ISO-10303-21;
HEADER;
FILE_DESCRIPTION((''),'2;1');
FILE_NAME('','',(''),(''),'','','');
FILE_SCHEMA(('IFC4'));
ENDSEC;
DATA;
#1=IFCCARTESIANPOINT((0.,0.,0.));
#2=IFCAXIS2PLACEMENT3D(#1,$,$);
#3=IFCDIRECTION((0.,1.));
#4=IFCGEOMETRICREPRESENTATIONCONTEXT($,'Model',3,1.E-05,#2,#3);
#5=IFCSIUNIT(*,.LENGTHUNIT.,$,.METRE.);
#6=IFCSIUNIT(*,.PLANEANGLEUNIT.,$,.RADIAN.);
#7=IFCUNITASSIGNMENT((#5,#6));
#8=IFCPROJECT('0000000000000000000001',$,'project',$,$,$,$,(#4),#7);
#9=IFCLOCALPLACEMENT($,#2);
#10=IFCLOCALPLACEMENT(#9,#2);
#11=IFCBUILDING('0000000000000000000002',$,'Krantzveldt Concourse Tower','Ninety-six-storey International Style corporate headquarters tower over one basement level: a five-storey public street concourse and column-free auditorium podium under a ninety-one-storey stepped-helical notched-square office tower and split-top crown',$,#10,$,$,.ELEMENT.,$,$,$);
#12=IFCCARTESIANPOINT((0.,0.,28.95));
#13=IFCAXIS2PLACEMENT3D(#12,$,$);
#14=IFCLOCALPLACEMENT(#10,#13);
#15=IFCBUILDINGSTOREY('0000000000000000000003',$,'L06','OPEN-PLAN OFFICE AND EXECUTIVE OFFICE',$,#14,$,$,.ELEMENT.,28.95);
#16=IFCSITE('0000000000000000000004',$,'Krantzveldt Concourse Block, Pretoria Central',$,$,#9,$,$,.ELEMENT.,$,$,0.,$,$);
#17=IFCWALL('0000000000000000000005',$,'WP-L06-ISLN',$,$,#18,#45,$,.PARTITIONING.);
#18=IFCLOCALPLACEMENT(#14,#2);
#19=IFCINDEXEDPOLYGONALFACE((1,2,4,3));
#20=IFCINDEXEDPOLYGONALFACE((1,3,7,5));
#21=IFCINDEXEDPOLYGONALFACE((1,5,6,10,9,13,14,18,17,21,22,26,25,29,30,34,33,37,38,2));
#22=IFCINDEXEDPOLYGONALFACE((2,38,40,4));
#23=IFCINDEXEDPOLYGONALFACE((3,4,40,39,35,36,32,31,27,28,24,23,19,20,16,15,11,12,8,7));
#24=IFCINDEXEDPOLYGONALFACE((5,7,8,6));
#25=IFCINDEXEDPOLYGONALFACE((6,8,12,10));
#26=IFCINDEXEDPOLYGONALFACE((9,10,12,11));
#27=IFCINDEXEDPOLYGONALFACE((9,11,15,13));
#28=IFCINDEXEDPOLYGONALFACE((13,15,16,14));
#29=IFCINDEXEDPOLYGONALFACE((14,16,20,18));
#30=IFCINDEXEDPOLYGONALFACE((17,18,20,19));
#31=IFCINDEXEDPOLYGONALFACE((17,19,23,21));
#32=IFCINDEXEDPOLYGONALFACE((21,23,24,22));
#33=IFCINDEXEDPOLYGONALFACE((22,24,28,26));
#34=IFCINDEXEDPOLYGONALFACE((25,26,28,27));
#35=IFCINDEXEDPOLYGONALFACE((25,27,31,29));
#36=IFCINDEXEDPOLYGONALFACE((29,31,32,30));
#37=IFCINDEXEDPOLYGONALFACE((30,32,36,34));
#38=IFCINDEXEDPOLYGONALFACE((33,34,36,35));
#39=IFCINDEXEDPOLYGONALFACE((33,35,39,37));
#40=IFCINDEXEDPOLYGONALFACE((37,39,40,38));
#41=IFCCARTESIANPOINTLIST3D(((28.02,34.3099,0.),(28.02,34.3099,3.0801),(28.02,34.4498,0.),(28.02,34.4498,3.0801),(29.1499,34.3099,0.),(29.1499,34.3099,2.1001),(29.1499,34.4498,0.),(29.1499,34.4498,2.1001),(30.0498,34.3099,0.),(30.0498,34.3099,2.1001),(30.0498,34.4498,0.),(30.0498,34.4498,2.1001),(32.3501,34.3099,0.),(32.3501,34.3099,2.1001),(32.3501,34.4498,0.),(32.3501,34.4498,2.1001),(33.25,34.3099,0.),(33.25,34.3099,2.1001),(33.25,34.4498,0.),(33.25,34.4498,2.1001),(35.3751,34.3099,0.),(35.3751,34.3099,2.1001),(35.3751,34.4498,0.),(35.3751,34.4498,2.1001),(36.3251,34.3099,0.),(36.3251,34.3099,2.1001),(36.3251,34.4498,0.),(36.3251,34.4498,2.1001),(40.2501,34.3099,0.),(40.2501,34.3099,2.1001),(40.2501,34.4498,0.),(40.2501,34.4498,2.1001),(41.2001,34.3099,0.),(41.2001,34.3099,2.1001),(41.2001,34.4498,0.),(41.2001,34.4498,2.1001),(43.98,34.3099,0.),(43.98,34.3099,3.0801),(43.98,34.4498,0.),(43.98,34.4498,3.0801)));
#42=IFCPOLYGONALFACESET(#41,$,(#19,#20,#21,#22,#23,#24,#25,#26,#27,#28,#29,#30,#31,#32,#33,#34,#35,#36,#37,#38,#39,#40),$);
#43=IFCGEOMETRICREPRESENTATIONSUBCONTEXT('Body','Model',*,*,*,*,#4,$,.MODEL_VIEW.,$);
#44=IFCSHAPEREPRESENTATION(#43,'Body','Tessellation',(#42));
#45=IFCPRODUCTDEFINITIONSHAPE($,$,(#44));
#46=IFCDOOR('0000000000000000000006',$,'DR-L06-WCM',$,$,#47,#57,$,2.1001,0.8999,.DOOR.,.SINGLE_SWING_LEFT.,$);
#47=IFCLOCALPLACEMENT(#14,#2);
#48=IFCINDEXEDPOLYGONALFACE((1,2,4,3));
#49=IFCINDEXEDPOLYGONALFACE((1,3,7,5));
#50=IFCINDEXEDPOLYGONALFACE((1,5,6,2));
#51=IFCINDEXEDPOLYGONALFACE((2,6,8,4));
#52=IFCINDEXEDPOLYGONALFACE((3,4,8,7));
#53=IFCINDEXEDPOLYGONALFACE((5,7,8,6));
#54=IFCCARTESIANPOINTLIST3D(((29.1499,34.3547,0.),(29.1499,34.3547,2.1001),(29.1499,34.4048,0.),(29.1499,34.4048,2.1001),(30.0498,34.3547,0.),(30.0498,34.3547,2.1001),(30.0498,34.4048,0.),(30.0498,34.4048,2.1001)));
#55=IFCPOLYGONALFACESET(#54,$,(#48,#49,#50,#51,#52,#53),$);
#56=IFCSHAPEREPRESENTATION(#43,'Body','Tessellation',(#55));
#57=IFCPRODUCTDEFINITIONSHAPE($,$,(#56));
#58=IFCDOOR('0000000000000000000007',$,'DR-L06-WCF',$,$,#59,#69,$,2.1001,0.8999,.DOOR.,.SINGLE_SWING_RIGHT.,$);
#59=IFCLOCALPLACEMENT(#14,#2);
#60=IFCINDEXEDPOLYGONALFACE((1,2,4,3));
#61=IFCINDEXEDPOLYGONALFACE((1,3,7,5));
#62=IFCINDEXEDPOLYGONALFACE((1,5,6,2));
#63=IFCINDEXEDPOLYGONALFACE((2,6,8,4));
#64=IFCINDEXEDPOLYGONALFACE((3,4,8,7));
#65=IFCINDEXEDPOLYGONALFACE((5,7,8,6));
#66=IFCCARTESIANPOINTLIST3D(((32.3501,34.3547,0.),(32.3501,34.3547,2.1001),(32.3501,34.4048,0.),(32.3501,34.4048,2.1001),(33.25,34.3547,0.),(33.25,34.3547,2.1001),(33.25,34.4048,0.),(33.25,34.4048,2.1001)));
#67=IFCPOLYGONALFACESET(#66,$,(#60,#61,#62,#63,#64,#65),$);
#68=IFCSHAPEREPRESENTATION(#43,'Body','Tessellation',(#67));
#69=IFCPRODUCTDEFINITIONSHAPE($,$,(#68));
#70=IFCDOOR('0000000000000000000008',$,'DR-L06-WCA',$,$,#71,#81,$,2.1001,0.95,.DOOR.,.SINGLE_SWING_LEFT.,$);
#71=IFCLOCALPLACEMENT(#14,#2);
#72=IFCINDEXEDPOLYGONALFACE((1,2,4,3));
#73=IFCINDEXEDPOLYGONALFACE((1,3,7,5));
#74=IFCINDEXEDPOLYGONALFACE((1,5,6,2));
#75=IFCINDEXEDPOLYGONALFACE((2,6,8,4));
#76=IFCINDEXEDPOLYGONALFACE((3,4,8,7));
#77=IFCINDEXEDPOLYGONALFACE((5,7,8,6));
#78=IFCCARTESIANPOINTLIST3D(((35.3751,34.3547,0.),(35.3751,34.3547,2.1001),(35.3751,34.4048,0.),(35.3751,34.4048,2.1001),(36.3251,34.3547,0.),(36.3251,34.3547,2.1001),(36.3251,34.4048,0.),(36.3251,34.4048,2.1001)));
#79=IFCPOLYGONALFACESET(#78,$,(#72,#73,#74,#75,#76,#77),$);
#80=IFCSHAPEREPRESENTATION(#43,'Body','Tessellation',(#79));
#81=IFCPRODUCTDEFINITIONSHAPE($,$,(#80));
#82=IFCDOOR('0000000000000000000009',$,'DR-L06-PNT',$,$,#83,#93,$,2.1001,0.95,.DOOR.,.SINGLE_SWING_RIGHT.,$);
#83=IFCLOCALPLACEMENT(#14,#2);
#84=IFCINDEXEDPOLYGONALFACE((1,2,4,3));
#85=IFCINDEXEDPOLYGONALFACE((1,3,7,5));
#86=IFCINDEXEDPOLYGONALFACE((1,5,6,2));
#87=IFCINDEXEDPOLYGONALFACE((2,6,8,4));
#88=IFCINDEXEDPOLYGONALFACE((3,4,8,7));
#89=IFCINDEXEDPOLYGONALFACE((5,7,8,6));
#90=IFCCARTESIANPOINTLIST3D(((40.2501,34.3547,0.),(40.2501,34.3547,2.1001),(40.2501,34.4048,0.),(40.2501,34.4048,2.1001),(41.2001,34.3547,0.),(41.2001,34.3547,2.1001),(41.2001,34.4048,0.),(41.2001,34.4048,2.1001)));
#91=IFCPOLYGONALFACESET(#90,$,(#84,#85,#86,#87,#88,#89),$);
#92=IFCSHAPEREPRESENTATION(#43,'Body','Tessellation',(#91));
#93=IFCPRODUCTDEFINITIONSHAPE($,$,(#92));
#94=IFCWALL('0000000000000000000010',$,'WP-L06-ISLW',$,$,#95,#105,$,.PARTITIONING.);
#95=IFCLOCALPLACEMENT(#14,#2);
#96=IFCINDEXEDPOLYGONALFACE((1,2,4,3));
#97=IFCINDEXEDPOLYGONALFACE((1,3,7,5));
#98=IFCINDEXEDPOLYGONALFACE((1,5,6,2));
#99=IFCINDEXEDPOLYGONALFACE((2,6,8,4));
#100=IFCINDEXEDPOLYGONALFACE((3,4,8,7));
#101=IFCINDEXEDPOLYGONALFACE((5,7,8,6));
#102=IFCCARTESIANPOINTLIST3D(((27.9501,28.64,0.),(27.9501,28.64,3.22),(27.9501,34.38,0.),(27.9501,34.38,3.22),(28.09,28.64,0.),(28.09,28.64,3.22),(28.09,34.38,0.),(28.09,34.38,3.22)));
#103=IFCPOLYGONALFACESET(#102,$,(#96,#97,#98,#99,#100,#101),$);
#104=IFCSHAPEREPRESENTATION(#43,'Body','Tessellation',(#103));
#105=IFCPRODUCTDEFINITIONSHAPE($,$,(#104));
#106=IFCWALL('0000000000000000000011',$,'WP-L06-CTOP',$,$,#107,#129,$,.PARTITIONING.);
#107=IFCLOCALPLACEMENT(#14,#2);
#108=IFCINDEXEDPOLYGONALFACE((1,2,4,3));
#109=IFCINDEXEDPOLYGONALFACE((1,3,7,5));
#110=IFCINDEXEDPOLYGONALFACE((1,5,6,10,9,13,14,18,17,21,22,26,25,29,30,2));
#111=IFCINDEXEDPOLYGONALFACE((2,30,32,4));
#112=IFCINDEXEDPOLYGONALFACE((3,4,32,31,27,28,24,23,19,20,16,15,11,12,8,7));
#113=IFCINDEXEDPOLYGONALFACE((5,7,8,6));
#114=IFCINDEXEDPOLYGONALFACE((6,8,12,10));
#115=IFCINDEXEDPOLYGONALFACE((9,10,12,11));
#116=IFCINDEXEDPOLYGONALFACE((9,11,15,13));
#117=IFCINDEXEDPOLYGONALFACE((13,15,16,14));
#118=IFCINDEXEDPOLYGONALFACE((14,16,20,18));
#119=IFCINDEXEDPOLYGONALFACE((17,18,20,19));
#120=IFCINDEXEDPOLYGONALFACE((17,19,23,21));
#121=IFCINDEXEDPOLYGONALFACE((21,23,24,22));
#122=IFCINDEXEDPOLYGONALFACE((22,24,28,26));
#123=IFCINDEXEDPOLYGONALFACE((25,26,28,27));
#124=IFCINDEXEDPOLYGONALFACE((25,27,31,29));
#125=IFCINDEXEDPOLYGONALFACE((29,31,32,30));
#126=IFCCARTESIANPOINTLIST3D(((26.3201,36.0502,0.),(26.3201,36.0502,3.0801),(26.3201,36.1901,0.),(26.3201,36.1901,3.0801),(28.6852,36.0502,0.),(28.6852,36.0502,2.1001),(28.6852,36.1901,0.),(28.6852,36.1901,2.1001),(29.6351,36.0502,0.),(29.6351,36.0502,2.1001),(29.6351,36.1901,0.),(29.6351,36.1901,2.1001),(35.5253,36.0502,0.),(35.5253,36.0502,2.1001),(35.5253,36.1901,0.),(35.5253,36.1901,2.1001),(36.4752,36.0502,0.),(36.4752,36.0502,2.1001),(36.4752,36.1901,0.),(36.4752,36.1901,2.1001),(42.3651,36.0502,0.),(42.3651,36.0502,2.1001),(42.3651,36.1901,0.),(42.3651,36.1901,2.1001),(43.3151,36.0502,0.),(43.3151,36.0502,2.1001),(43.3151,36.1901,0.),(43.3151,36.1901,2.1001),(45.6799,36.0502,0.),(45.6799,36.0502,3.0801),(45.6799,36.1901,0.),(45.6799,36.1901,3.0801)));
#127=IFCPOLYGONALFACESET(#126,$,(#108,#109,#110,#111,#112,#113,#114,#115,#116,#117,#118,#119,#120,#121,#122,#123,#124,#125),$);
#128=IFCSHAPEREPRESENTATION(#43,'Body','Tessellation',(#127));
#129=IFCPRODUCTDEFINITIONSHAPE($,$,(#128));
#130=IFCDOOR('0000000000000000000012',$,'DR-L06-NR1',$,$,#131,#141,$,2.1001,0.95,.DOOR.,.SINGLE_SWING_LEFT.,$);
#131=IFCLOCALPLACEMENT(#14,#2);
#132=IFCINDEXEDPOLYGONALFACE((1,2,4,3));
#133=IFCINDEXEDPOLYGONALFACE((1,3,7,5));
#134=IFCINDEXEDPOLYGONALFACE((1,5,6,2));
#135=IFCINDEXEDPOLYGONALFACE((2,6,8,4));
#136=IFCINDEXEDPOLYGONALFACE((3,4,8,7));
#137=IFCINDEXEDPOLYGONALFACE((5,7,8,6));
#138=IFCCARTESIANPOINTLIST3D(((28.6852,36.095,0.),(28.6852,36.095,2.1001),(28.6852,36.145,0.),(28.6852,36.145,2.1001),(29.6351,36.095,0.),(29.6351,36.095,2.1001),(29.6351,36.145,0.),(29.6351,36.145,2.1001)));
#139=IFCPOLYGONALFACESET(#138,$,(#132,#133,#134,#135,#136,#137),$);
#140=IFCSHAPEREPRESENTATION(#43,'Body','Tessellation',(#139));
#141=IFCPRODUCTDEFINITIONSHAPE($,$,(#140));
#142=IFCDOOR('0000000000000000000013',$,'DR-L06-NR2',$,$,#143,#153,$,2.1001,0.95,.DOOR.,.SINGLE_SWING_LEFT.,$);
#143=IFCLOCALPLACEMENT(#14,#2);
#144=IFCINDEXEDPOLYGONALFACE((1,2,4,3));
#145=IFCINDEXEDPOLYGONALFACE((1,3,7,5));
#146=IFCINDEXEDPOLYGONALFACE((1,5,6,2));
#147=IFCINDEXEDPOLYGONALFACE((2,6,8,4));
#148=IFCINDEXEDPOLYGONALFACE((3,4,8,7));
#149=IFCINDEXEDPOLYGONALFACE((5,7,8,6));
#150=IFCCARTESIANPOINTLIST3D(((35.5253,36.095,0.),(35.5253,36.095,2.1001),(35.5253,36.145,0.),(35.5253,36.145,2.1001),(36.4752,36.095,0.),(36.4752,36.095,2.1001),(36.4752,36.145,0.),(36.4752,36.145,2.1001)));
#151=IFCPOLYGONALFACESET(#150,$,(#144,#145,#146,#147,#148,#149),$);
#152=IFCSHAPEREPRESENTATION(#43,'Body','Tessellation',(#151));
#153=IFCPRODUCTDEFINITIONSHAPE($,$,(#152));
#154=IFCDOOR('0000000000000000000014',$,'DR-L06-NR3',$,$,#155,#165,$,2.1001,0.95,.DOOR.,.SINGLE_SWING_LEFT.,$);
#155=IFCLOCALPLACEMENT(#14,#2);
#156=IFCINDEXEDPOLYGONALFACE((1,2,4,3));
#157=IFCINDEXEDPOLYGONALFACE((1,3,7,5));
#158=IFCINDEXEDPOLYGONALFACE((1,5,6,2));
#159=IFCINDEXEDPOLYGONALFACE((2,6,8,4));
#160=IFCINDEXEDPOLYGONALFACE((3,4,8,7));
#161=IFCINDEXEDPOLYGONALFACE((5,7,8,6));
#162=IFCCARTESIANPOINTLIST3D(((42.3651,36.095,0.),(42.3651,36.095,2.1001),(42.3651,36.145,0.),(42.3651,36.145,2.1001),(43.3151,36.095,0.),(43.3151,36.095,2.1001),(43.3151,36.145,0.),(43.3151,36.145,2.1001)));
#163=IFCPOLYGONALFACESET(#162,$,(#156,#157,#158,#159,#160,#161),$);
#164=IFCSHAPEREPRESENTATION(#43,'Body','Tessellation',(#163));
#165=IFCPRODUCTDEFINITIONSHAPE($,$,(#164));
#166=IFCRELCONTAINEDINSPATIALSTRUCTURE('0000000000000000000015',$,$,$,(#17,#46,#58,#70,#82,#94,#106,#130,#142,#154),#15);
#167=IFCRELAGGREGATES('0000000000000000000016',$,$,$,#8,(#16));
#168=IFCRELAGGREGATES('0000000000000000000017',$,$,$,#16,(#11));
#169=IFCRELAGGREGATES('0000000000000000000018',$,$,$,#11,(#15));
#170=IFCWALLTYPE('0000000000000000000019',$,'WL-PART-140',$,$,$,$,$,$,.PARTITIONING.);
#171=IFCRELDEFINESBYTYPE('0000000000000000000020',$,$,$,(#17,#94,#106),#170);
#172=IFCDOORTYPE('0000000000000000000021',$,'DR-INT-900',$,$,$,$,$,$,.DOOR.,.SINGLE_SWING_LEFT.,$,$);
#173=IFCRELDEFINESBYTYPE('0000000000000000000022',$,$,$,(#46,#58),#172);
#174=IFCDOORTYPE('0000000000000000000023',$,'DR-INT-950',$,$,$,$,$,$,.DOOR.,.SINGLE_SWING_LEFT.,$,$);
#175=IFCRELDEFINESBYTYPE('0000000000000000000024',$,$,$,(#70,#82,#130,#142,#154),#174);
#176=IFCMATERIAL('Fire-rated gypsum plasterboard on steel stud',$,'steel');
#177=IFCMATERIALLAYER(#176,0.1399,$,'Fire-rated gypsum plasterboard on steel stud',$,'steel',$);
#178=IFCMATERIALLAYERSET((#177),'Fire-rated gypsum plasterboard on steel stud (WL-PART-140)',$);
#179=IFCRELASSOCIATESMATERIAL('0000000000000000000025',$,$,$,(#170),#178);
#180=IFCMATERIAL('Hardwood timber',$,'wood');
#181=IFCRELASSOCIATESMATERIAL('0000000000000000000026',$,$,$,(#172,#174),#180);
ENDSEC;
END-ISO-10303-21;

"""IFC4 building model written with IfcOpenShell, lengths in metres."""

from ifc_helpers import new_model, si_unit, direction, frame, frame_2d, origin, place, context, subcontext, project, spatial, rectangle, extrude, material, layer, layer_set, type_object, element, fill, save


model = new_model("IFC4")

# Units and contexts
model_context = context("Model", 3, precision=1e-05, world=origin(), true_north=direction((0.0, 1.0)))
body_context = subcontext(model_context, "Body", "Model", "MODEL_VIEW")
ifc_project = project(units=[si_unit("LENGTHUNIT", "METRE"), si_unit("PLANEANGLEUNIT", "RADIAN")], contexts=[model_context])

# Site, building, storey
site_placement = place(None, origin())
site = spatial("IfcSite", under=ifc_project, at=site_placement, Name="Krantzveldt Concourse Block, Pretoria Central", CompositionType="ELEMENT", RefElevation=0.0)
building_placement = place(site_placement, origin())
building = spatial("IfcBuilding", under=site, at=building_placement, Name="Krantzveldt Concourse Tower", Description="Ninety-six-storey International Style corporate headquarters tower over one basement level: a five-storey public street concourse and column-free auditorium podium under a ninety-one-storey stepped-helical notched-square office tower and split-top crown", CompositionType="ELEMENT")
storey_placement = place(building_placement, frame((0.0, 0.0, 28.95)))
storey = spatial("IfcBuildingStorey", under=building, at=storey_placement, Name="L06", Description="OPEN-PLAN OFFICE AND EXECUTIVE OFFICE", CompositionType="ELEMENT", Elevation=28.95)

# Shared definitions
ifc_material_1 = material(Name="Fire-rated gypsum plasterboard on steel stud", Category="steel")

# Shared definitions
ifc_layer_1 = layer(ifc_material_1, 0.1399, Name="Fire-rated gypsum plasterboard on steel stud", Category="steel")
ifc_layer_set_1 = layer_set([ifc_layer_1], Name="Fire-rated gypsum plasterboard on steel stud (WL-PART-140)")
wall_type_1 = type_object("IfcWallType", Name="WL-PART-140", PredefinedType="PARTITIONING", material=ifc_layer_set_1)
ifc_material_2 = material(Name="Hardwood timber", Category="wood")

# Wall, openings, doors
wall_1_placement = place(storey_placement, frame((28.02, 34.3799, 0.0), z_axis=(0.0, 0.0, 1.0), x_axis=(1.0, 0.0, 0.0)))
wall_1 = element("IfcWall", 1, at=wall_1_placement, inside=storey, type_object=wall_type_1, Name="WP-L06-ISLN", PredefinedType="PARTITIONING", context=body_context, shape_type="SweptSolid", body=[
    extrude(rectangle(XDim=15.96, YDim=0.1399, at=frame_2d((7.98, 0.0))), origin(), (0.0, 0.0, 1.0), 3.0801),
])
opening_1_placement = place(wall_1_placement, frame((1.1299, 0.0, 0.0)))
opening_1 = element("IfcOpeningElement", 2, at=opening_1_placement, cuts=wall_1, PredefinedType="OPENING", context=body_context, shape_type="SweptSolid", body=[
    extrude(rectangle(XDim=0.8999, YDim=2.1001, at=frame_2d((0.45, 1.05))), frame((0.0, 0.0801, 0.0), z_axis=(0.0, -1.0, 0.0), x_axis=(1.0, 0.0, 0.0)), (0.0, 0.0, 1.0), 0.1599),
])
opening_2_placement = place(wall_1_placement, frame((4.3301, 0.0, 0.0)))
opening_2 = element("IfcOpeningElement", 3, at=opening_2_placement, cuts=wall_1, PredefinedType="OPENING", context=body_context, shape_type="SweptSolid", body=[
    extrude(rectangle(XDim=0.8999, YDim=2.1001, at=frame_2d((0.45, 1.05))), frame((0.0, 0.0801, 0.0), z_axis=(0.0, -1.0, 0.0), x_axis=(1.0, 0.0, 0.0)), (0.0, 0.0, 1.0), 0.1599),
])
opening_3_placement = place(wall_1_placement, frame((7.355, 0.0, 0.0)))
opening_3 = element("IfcOpeningElement", 4, at=opening_3_placement, cuts=wall_1, PredefinedType="OPENING", context=body_context, shape_type="SweptSolid", body=[
    extrude(rectangle(XDim=0.95, YDim=2.1001, at=frame_2d((0.4751, 1.05))), frame((0.0, 0.0801, 0.0), z_axis=(0.0, -1.0, 0.0), x_axis=(1.0, 0.0, 0.0)), (0.0, 0.0, 1.0), 0.1599),
])
opening_4_placement = place(wall_1_placement, frame((12.23, 0.0, 0.0)))
opening_4 = element("IfcOpeningElement", 5, at=opening_4_placement, cuts=wall_1, PredefinedType="OPENING", context=body_context, shape_type="SweptSolid", body=[
    extrude(rectangle(XDim=0.95, YDim=2.1001, at=frame_2d((0.4751, 1.05))), frame((0.0, 0.0801, 0.0), z_axis=(0.0, -1.0, 0.0), x_axis=(1.0, 0.0, 0.0)), (0.0, 0.0, 1.0), 0.1599),
])
door_type_1 = type_object("IfcDoorType", Name="DR-INT-900", OperationType="SINGLE_SWING_LEFT", PredefinedType="DOOR", material=ifc_material_2)
door_1_placement = place(opening_1_placement, origin())
door_1 = element("IfcDoor", 6, at=door_1_placement, inside=storey, type_object=door_type_1, Name="DR-L06-WCM", OperationType="SINGLE_SWING_LEFT", OverallHeight=2.1001, OverallWidth=0.8999, PredefinedType="DOOR", context=body_context, shape_type="SweptSolid", body=[
    extrude(rectangle(XDim=0.8999, YDim=2.1001, at=frame_2d((0.45, 1.05))), frame((0.0, 0.0249, 0.0), z_axis=(0.0, -1.0, 0.0), x_axis=(1.0, 0.0, 0.0)), (0.0, 0.0, 1.0), 0.05),
])
fill(opening_1, door_1)
door_2_placement = place(opening_2_placement, origin())
door_2 = element("IfcDoor", 7, at=door_2_placement, inside=storey, type_object=door_type_1, Name="DR-L06-WCF", OperationType="SINGLE_SWING_RIGHT", OverallHeight=2.1001, OverallWidth=0.8999, PredefinedType="DOOR", context=body_context, shape_type="SweptSolid", body=[
    extrude(rectangle(XDim=0.8999, YDim=2.1001, at=frame_2d((0.45, 1.05))), frame((0.0, 0.0249, 0.0), z_axis=(0.0, -1.0, 0.0), x_axis=(1.0, 0.0, 0.0)), (0.0, 0.0, 1.0), 0.05),
])
fill(opening_2, door_2)
door_type_2 = type_object("IfcDoorType", Name="DR-INT-950", OperationType="SINGLE_SWING_LEFT", PredefinedType="DOOR", material=ifc_material_2)
door_3_placement = place(opening_3_placement, origin())
door_3 = element("IfcDoor", 8, at=door_3_placement, inside=storey, type_object=door_type_2, Name="DR-L06-WCA", OperationType="SINGLE_SWING_LEFT", OverallHeight=2.1001, OverallWidth=0.95, PredefinedType="DOOR", context=body_context, shape_type="SweptSolid", body=[
    extrude(rectangle(XDim=0.95, YDim=2.1001, at=frame_2d((0.4751, 1.05))), frame((0.0, 0.0249, 0.0), z_axis=(0.0, -1.0, 0.0), x_axis=(1.0, 0.0, 0.0)), (0.0, 0.0, 1.0), 0.05),
])
fill(opening_3, door_3)
door_4_placement = place(opening_4_placement, origin())
door_4 = element("IfcDoor", 9, at=door_4_placement, inside=storey, type_object=door_type_2, Name="DR-L06-PNT", OperationType="SINGLE_SWING_RIGHT", OverallHeight=2.1001, OverallWidth=0.95, PredefinedType="DOOR", context=body_context, shape_type="SweptSolid", body=[
    extrude(rectangle(XDim=0.95, YDim=2.1001, at=frame_2d((0.4751, 1.05))), frame((0.0, 0.0249, 0.0), z_axis=(0.0, -1.0, 0.0), x_axis=(1.0, 0.0, 0.0)), (0.0, 0.0, 1.0), 0.05),
])
fill(opening_4, door_4)

# Wall
wall_2_placement = place(storey_placement, frame((28.02, 28.6399, 0.0), z_axis=(0.0, 0.0, 1.0), x_axis=(0.0, 1.0, 0.0)))
element("IfcWall", 10, at=wall_2_placement, inside=storey, type_object=wall_type_1, Name="WP-L06-ISLW", PredefinedType="PARTITIONING", context=body_context, shape_type="SweptSolid", body=[
    extrude(rectangle(XDim=5.74, YDim=0.1399, at=frame_2d((2.8701, 0.0))), origin(), (0.0, 0.0, 1.0), 3.22),
])

# Wall, openings, doors
wall_3_placement = place(storey_placement, frame((26.3201, 36.1201, 0.0), z_axis=(0.0, 0.0, 1.0), x_axis=(1.0, 0.0, 0.0)))
wall_3 = element("IfcWall", 11, at=wall_3_placement, inside=storey, type_object=wall_type_1, Name="WP-L06-CTOP", PredefinedType="PARTITIONING", context=body_context, shape_type="SweptSolid", body=[
    extrude(rectangle(XDim=19.3599, YDim=0.1399, at=frame_2d((9.6799, 0.0))), origin(), (0.0, 0.0, 1.0), 3.0801),
])
opening_5_placement = place(wall_3_placement, frame((2.365, 0.0, 0.0)))
opening_5 = element("IfcOpeningElement", 12, at=opening_5_placement, cuts=wall_3, PredefinedType="OPENING", context=body_context, shape_type="SweptSolid", body=[
    extrude(rectangle(XDim=0.95, YDim=2.1001, at=frame_2d((0.4751, 1.05))), frame((0.0, 0.0801, 0.0), z_axis=(0.0, -1.0, 0.0), x_axis=(1.0, 0.0, 0.0)), (0.0, 0.0, 1.0), 0.1599),
])
opening_6_placement = place(wall_3_placement, frame((9.2051, 0.0, 0.0)))
opening_6 = element("IfcOpeningElement", 13, at=opening_6_placement, cuts=wall_3, PredefinedType="OPENING", context=body_context, shape_type="SweptSolid", body=[
    extrude(rectangle(XDim=0.95, YDim=2.1001, at=frame_2d((0.4751, 1.05))), frame((0.0, 0.0801, 0.0), z_axis=(0.0, -1.0, 0.0), x_axis=(1.0, 0.0, 0.0)), (0.0, 0.0, 1.0), 0.1599),
])
opening_7_placement = place(wall_3_placement, frame((16.0449, 0.0, 0.0)))
opening_7 = element("IfcOpeningElement", 14, at=opening_7_placement, cuts=wall_3, PredefinedType="OPENING", context=body_context, shape_type="SweptSolid", body=[
    extrude(rectangle(XDim=0.95, YDim=2.1001, at=frame_2d((0.4751, 1.05))), frame((0.0, 0.0801, 0.0), z_axis=(0.0, -1.0, 0.0), x_axis=(1.0, 0.0, 0.0)), (0.0, 0.0, 1.0), 0.1599),
])
door_5_placement = place(opening_5_placement, origin())
door_5 = element("IfcDoor", 15, at=door_5_placement, inside=storey, type_object=door_type_2, Name="DR-L06-NR1", OperationType="SINGLE_SWING_LEFT", OverallHeight=2.1001, OverallWidth=0.95, PredefinedType="DOOR", context=body_context, shape_type="SweptSolid", body=[
    extrude(rectangle(XDim=0.95, YDim=2.1001, at=frame_2d((0.4751, 1.05))), frame((0.0, 0.0249, 0.0), z_axis=(0.0, -1.0, 0.0), x_axis=(1.0, 0.0, 0.0)), (0.0, 0.0, 1.0), 0.05),
])
fill(opening_5, door_5)
door_6_placement = place(opening_6_placement, origin())
door_6 = element("IfcDoor", 16, at=door_6_placement, inside=storey, type_object=door_type_2, Name="DR-L06-NR2", OperationType="SINGLE_SWING_LEFT", OverallHeight=2.1001, OverallWidth=0.95, PredefinedType="DOOR", context=body_context, shape_type="SweptSolid", body=[
    extrude(rectangle(XDim=0.95, YDim=2.1001, at=frame_2d((0.4751, 1.05))), frame((0.0, 0.0249, 0.0), z_axis=(0.0, -1.0, 0.0), x_axis=(1.0, 0.0, 0.0)), (0.0, 0.0, 1.0), 0.05),
])
fill(opening_6, door_6)
door_7_placement = place(opening_7_placement, origin())
door_7 = element("IfcDoor", 17, at=door_7_placement, inside=storey, type_object=door_type_2, Name="DR-L06-NR3", OperationType="SINGLE_SWING_LEFT", OverallHeight=2.1001, OverallWidth=0.95, PredefinedType="DOOR", context=body_context, shape_type="SweptSolid", body=[
    extrude(rectangle(XDim=0.95, YDim=2.1001, at=frame_2d((0.4751, 1.05))), frame((0.0, 0.0249, 0.0), z_axis=(0.0, -1.0, 0.0), x_axis=(1.0, 0.0, 0.0)), (0.0, 0.0, 1.0), 0.05),
])
fill(opening_7, door_7)

save(model, "model.ifc")
